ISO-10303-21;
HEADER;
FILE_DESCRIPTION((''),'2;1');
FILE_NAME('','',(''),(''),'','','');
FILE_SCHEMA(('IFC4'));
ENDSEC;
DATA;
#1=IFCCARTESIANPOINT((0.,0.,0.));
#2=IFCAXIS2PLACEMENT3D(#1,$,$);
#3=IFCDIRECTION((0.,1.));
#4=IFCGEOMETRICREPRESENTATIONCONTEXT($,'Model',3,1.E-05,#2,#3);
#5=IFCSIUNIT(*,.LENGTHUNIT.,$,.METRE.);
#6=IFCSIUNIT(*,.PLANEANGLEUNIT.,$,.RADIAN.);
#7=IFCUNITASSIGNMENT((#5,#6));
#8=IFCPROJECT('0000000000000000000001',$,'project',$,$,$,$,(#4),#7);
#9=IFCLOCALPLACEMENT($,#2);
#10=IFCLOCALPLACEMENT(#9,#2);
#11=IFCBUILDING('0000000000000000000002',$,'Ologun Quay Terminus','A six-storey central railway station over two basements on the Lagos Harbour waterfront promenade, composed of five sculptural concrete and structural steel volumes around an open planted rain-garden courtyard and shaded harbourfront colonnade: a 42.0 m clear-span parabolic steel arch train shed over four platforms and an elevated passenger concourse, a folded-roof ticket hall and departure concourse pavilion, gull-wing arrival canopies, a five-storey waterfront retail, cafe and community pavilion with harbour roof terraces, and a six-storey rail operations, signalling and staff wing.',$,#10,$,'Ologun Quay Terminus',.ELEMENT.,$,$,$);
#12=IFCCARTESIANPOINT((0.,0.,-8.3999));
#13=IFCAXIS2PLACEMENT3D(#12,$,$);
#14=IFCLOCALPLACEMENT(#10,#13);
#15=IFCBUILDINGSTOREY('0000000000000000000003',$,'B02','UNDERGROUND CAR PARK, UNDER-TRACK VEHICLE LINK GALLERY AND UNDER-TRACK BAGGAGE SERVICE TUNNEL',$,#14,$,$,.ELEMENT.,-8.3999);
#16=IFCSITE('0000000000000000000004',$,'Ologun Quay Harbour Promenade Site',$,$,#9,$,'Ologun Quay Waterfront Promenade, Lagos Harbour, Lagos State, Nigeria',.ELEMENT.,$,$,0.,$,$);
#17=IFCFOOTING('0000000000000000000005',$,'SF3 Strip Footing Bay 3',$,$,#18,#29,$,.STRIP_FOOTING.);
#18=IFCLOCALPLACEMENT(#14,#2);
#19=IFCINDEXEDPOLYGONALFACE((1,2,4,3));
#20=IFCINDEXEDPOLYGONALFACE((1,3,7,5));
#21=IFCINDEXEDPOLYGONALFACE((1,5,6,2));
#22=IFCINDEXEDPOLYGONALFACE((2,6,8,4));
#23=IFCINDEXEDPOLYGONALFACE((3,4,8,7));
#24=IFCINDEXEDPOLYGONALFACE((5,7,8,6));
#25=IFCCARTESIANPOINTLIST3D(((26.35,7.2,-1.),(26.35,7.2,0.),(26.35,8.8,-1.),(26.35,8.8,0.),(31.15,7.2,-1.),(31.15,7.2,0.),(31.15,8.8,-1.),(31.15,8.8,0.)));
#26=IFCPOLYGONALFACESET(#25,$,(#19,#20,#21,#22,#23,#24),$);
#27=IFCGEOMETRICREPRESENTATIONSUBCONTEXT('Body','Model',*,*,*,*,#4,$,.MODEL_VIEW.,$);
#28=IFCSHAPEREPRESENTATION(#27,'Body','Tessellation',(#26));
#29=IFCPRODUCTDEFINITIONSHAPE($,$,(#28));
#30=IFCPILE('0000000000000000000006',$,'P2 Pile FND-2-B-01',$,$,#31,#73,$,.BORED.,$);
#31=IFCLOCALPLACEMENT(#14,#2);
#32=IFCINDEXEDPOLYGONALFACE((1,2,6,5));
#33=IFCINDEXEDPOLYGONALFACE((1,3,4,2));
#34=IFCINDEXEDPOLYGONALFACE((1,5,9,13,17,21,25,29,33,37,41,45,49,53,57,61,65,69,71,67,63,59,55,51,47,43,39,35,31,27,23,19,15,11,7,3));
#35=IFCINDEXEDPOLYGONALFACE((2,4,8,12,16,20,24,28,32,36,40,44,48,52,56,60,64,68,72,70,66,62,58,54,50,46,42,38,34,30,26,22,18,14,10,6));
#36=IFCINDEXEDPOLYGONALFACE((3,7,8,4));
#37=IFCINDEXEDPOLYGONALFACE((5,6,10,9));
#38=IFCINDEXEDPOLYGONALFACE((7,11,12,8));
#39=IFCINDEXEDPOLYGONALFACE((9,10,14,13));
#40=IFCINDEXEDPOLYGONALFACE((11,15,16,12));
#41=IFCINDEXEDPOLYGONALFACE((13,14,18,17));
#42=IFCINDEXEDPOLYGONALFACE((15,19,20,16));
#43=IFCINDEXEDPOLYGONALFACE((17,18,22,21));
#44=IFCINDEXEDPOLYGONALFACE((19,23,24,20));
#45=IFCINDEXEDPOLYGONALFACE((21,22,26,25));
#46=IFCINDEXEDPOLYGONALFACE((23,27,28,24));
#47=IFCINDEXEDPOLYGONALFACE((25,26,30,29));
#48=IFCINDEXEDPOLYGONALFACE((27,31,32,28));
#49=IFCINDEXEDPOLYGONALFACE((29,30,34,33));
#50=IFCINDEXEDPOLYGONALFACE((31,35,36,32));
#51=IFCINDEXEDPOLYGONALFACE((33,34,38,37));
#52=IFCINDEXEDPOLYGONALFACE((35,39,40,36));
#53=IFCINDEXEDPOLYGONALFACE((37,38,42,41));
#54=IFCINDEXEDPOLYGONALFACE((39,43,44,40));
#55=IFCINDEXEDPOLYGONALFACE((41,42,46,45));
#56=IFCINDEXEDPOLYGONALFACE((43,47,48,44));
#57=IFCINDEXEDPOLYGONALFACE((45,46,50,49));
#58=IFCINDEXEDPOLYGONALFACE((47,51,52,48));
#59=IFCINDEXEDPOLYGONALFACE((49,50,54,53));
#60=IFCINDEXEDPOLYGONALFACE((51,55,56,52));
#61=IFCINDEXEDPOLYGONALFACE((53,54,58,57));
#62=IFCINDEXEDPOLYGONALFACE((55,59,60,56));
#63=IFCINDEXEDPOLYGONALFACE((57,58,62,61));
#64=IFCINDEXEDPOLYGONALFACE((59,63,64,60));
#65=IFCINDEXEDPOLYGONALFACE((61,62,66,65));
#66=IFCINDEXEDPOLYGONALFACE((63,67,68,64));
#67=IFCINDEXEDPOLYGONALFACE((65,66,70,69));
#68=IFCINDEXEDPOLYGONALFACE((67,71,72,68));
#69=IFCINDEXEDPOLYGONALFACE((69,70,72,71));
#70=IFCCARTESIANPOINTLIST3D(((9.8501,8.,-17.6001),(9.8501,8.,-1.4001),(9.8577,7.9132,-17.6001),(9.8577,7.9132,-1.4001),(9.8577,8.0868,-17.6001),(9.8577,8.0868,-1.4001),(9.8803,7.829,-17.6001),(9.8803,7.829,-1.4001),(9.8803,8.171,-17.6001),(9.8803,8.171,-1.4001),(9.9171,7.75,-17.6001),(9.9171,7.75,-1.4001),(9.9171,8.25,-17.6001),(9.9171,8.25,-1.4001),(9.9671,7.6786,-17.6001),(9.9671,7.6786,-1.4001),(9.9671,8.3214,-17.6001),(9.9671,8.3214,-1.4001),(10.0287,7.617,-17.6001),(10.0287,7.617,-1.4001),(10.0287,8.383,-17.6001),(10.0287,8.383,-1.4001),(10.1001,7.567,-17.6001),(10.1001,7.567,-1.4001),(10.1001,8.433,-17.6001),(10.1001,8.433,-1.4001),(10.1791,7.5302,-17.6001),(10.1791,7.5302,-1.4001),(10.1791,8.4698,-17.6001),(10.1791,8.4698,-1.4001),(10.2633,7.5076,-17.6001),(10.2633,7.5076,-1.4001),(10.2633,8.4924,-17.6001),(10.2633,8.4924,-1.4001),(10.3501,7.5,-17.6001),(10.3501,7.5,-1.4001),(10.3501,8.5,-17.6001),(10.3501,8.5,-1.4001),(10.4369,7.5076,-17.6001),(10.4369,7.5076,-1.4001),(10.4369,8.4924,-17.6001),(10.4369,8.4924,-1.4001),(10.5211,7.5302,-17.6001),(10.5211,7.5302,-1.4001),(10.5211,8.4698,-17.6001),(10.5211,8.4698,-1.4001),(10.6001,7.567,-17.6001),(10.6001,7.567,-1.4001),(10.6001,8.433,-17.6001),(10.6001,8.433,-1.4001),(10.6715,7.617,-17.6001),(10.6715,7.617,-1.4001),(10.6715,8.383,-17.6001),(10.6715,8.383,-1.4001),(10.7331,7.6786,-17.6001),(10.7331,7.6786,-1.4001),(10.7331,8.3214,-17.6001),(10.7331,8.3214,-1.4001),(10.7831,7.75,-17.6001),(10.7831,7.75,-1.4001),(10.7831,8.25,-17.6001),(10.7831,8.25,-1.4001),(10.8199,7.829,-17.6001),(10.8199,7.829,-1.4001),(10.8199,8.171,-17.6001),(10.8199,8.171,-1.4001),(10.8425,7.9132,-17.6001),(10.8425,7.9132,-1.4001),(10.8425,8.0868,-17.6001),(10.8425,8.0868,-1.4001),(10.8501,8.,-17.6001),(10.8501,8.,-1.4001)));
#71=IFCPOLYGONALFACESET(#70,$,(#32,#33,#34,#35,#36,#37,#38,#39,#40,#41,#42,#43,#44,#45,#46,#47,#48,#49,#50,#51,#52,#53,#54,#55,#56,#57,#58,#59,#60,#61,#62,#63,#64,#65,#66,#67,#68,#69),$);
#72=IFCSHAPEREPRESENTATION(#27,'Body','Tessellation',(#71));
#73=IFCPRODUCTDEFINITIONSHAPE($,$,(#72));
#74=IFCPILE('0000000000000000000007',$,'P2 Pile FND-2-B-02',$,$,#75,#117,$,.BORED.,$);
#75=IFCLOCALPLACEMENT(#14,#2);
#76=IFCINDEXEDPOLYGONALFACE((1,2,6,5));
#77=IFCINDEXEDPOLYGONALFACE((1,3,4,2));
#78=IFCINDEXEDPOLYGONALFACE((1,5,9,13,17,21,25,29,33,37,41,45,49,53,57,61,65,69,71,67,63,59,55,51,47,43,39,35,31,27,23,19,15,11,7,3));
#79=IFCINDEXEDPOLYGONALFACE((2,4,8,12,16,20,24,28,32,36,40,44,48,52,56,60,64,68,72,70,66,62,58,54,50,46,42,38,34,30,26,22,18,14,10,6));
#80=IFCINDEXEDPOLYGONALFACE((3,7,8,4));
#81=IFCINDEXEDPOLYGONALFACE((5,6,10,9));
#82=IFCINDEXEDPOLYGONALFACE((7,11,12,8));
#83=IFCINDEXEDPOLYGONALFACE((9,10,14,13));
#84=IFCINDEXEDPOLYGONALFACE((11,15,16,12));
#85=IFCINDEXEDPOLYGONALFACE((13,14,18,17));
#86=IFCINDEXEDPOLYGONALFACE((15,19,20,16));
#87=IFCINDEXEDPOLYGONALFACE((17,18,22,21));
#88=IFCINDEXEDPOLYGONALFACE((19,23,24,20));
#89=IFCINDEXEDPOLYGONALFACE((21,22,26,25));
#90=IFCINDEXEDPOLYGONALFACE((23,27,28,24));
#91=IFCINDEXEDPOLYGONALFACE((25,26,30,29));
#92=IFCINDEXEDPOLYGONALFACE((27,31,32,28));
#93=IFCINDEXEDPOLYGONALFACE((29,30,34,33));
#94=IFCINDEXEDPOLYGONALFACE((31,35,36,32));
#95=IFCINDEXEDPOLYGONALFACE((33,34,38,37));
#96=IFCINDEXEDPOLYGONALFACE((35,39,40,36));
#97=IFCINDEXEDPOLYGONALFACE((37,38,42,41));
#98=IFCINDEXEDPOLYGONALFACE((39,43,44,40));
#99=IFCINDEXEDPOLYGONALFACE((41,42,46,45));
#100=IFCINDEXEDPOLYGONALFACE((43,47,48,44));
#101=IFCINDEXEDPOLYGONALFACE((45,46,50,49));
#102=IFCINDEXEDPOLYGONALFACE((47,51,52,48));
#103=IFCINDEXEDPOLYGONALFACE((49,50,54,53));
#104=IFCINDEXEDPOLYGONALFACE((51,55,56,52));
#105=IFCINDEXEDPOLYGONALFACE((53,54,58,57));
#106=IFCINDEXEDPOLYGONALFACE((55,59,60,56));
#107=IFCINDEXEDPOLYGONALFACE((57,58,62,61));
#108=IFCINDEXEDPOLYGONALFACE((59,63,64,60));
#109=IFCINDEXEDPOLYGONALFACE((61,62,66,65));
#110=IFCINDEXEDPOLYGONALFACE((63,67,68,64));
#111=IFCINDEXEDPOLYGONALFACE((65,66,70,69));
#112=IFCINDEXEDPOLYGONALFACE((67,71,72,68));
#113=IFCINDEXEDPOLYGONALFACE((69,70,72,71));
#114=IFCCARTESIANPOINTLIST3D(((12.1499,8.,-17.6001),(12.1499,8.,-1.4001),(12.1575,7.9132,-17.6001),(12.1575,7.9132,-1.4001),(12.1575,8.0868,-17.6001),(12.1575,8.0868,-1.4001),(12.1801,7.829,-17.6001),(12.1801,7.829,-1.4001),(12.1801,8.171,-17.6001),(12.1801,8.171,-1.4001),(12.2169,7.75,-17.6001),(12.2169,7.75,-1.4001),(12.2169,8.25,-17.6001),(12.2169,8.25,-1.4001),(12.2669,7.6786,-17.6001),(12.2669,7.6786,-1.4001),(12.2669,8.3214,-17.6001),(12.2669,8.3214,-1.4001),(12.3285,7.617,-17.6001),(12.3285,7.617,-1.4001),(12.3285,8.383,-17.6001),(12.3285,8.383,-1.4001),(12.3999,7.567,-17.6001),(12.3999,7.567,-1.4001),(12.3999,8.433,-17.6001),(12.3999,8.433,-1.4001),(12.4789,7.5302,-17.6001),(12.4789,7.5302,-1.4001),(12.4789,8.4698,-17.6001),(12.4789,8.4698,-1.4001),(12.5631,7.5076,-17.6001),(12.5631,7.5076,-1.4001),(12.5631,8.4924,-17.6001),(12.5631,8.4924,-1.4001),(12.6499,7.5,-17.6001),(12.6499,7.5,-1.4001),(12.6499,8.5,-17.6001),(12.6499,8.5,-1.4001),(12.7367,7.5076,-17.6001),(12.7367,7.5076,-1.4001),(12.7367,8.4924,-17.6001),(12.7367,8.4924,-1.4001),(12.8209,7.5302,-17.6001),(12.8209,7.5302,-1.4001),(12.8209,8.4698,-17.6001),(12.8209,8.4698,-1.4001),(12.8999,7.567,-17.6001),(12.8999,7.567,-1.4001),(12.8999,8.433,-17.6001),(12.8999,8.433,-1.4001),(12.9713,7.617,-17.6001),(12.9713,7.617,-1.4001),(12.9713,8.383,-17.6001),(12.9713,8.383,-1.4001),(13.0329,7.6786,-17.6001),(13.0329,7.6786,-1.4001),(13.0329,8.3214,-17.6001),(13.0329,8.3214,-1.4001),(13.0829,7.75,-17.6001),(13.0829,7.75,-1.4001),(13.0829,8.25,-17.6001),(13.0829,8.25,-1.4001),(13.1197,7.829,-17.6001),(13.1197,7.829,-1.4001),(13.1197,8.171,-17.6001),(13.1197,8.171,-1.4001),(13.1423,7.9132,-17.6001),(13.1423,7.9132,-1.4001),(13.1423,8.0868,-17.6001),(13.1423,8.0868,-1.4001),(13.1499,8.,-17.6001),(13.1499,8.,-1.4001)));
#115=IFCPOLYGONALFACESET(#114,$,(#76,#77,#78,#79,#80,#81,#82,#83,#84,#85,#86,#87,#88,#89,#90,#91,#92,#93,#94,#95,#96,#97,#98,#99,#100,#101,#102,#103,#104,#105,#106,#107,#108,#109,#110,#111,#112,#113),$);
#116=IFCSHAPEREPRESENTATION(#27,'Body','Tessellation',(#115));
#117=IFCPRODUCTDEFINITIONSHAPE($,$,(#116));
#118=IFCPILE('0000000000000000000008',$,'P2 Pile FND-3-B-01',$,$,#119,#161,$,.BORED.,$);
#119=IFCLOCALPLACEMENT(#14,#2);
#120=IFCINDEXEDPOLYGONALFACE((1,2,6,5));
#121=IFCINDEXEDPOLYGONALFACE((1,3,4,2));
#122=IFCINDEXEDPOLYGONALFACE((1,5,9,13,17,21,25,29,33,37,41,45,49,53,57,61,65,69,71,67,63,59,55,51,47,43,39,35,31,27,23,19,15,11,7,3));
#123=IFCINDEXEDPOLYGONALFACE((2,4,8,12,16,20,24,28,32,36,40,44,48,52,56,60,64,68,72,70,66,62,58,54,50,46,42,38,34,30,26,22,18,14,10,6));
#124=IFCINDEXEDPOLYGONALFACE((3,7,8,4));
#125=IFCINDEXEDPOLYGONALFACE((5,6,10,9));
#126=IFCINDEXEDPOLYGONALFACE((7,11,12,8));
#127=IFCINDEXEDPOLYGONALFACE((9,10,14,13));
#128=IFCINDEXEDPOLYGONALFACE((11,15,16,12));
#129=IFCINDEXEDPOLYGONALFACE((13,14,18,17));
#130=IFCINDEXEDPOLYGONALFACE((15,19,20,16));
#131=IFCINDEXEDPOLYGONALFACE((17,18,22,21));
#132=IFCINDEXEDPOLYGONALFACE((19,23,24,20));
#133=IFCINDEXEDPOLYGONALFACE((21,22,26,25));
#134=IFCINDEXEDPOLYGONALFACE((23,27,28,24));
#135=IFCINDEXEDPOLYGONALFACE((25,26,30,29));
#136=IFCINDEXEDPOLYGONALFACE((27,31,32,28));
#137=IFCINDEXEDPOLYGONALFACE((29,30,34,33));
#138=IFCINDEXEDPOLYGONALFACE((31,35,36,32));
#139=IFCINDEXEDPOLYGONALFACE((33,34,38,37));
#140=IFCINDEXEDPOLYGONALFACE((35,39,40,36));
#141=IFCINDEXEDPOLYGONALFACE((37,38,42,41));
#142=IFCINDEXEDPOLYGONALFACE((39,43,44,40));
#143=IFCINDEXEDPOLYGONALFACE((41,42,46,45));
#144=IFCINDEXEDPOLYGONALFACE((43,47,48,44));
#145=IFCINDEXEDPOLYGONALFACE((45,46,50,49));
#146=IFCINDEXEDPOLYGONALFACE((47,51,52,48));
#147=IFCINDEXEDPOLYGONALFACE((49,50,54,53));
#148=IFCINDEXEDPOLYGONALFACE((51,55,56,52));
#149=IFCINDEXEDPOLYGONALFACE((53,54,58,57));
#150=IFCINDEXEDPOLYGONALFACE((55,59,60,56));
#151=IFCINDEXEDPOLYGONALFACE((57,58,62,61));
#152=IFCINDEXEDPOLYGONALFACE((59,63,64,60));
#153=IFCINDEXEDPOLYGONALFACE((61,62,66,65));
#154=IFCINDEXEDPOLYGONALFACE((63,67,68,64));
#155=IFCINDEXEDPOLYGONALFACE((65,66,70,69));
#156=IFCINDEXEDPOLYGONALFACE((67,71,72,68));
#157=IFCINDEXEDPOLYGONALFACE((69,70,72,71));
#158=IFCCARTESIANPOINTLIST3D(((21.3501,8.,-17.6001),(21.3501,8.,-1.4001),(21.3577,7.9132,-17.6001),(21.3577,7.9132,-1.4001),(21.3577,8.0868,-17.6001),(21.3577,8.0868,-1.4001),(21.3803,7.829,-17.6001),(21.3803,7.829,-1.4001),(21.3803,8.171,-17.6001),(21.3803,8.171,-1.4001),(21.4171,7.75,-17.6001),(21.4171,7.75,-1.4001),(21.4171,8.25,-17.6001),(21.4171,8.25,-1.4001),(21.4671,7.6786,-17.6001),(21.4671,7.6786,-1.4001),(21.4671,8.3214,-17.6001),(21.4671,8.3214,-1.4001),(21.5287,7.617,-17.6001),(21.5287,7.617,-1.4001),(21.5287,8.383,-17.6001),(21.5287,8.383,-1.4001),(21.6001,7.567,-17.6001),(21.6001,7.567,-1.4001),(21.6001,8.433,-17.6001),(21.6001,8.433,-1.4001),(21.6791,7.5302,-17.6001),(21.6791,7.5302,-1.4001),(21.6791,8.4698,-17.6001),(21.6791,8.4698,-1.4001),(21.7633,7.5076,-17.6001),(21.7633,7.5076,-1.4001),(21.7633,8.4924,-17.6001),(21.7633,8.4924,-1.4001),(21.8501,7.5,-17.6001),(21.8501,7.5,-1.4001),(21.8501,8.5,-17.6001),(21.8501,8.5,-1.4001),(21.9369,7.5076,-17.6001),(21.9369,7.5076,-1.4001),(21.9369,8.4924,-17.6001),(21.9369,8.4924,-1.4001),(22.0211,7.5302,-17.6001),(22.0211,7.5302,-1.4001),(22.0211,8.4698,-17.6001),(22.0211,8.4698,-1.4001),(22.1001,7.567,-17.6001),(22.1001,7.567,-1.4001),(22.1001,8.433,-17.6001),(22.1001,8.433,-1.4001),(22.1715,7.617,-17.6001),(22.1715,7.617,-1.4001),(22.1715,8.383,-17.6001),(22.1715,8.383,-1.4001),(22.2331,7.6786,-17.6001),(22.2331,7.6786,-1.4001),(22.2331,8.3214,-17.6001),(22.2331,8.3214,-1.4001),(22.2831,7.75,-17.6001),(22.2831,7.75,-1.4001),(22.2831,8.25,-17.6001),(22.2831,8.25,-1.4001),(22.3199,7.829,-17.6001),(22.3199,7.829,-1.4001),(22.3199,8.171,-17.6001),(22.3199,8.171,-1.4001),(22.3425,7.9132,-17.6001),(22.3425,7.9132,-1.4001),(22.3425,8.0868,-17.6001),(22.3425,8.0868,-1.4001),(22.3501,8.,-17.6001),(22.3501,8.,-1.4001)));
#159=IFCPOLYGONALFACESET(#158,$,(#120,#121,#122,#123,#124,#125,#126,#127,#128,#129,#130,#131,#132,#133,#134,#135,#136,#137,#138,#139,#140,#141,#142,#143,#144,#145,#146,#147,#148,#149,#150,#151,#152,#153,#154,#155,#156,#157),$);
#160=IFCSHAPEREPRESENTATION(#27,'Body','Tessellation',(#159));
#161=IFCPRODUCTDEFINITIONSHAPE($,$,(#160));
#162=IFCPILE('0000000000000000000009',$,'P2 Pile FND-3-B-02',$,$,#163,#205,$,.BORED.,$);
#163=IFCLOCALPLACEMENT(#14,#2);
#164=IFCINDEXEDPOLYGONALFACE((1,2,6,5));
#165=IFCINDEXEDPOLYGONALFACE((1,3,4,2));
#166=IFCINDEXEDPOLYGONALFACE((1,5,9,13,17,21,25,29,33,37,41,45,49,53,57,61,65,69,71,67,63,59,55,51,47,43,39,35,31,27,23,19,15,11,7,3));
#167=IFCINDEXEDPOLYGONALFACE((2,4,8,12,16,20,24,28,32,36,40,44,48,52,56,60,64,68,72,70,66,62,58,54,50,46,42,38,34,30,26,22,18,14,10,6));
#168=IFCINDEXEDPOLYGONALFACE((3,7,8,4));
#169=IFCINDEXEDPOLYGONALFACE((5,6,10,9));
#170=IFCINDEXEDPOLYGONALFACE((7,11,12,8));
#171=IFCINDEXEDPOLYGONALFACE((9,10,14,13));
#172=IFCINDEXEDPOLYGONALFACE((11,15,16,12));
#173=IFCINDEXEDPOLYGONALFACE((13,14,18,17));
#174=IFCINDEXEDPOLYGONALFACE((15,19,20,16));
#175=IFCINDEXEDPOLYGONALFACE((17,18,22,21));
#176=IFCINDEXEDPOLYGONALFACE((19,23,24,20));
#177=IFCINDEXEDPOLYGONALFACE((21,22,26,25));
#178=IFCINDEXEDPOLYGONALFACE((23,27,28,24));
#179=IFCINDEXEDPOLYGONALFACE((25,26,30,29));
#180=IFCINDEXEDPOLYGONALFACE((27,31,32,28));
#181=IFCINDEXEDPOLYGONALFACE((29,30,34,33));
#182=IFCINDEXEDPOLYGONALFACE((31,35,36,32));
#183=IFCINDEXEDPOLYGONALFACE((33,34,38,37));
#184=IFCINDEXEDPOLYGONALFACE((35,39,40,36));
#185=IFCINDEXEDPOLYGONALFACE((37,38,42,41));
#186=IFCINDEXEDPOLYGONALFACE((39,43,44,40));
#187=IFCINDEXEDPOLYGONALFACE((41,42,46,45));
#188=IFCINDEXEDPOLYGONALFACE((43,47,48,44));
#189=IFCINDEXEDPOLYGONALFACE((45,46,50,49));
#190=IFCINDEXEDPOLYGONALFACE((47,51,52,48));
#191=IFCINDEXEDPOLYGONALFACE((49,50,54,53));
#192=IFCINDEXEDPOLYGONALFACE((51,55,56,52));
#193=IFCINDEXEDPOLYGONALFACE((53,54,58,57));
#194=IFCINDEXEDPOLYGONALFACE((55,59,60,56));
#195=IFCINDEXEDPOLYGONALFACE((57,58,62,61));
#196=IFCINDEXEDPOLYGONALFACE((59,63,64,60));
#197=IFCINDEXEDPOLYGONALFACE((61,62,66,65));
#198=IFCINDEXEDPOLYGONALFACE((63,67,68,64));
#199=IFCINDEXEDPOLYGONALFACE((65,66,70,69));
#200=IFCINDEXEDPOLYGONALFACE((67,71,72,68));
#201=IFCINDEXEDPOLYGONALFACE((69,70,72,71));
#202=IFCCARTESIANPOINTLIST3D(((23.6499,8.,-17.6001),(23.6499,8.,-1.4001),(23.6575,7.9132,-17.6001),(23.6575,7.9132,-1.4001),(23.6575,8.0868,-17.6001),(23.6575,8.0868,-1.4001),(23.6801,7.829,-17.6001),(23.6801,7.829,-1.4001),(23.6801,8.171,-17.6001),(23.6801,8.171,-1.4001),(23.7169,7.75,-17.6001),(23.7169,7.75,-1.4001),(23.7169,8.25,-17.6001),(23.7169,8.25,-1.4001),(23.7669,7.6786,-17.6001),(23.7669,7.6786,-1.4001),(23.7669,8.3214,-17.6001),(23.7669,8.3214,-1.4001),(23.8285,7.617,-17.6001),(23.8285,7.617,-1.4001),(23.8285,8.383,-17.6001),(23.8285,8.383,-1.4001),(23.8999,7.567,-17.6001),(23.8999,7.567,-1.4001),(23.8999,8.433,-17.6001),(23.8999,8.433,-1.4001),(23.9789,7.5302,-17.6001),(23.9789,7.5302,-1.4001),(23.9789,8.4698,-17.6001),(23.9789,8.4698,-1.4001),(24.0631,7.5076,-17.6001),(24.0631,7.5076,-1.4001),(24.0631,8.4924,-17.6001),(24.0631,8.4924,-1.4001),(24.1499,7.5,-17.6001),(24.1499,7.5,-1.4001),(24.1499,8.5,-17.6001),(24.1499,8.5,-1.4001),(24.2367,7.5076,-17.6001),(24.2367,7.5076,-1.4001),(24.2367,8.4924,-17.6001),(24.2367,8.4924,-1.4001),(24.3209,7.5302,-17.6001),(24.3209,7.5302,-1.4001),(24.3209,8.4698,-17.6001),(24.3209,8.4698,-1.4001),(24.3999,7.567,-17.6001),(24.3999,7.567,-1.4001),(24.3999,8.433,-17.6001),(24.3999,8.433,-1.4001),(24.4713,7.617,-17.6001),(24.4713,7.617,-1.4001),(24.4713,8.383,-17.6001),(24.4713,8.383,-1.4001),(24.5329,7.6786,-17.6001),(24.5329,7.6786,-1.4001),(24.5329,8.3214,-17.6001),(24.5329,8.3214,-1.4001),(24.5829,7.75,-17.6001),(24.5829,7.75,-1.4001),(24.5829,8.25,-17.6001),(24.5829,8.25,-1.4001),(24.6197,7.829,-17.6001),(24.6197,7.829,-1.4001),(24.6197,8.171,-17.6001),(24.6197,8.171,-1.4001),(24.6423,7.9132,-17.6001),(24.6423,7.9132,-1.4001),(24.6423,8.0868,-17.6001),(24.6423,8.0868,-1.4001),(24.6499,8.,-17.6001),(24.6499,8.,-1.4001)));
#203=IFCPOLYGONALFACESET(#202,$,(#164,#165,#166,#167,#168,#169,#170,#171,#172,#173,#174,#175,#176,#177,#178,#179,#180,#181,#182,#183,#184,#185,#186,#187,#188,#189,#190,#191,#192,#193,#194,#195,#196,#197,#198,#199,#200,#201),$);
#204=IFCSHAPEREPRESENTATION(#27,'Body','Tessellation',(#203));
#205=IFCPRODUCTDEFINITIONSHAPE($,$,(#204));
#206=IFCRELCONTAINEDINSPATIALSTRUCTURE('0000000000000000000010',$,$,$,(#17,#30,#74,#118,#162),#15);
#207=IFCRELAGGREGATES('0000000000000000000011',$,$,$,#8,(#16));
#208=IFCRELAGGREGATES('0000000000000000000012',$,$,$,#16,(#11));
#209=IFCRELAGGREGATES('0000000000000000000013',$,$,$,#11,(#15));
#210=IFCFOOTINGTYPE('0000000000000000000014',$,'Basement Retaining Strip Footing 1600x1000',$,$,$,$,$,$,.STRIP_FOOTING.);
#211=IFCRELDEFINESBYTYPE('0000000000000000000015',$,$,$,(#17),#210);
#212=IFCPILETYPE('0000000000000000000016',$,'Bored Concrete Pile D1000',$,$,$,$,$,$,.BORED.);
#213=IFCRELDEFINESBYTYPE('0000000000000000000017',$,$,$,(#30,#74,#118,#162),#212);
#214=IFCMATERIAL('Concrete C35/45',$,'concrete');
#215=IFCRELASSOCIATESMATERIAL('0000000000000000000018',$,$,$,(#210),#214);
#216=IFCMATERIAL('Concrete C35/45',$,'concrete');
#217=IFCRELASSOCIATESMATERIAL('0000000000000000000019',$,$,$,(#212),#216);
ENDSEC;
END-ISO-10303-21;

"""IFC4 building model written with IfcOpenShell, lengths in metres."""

from ifc_helpers import new_model, si_unit, direction, frame, origin, origin_2d, place, context, subcontext, project, spatial, rectangle, circle, extrude, material, material_profile, profile_set, type_object, element, save


model = new_model("IFC4")

# Units and contexts
model_context = context("Model", 3, precision=1e-05, world=origin(), true_north=direction((0.0, 1.0)))
body_context = subcontext(model_context, "Body", "Model", "MODEL_VIEW")
ifc_project = project(units=[si_unit("LENGTHUNIT", "METRE"), si_unit("PLANEANGLEUNIT", "RADIAN")], contexts=[model_context])

# Site, building, storey
site_placement = place(None, origin())
site = spatial("IfcSite", under=ifc_project, at=site_placement, Name="Ologun Quay Harbour Promenade Site", LongName="Ologun Quay Waterfront Promenade, Lagos Harbour, Lagos State, Nigeria", CompositionType="ELEMENT", RefElevation=0.0)
building_placement = place(site_placement, origin())
building = spatial("IfcBuilding", under=site, at=building_placement, Name="Ologun Quay Terminus", Description="A six-storey central railway station over two basements on the Lagos Harbour waterfront promenade, composed of five sculptural concrete and structural steel volumes around an open planted rain-garden courtyard and shaded harbourfront colonnade: a 42.0 m clear-span parabolic steel arch train shed over four platforms and an elevated passenger concourse, a folded-roof ticket hall and departure concourse pavilion, gull-wing arrival canopies, a five-storey waterfront retail, cafe and community pavilion with harbour roof terraces, and a six-storey rail operations, signalling and staff wing.", LongName="Ologun Quay Terminus", CompositionType="ELEMENT")
storey_placement = place(building_placement, frame((0.0, 0.0, -8.3999)))
storey = spatial("IfcBuildingStorey", under=building, at=storey_placement, Name="B02", Description="UNDERGROUND CAR PARK, UNDER-TRACK VEHICLE LINK GALLERY AND UNDER-TRACK BAGGAGE SERVICE TUNNEL", CompositionType="ELEMENT", Elevation=-8.3999)

# Footing
ifc_material_1 = material(Name="Concrete C35/45", Category="concrete")
footing_type_1 = type_object("IfcFootingType", Name="Basement Retaining Strip Footing 1600x1000", PredefinedType="STRIP_FOOTING", material=ifc_material_1)
footing_1_placement = place(storey_placement, frame((28.75, 8.0, -1.0), z_axis=(0.0, 0.0, 1.0), x_axis=(1.0, 0.0, 0.0)))
element("IfcFooting", 1, at=footing_1_placement, inside=storey, type_object=footing_type_1, Name="SF3 Strip Footing Bay 3", PredefinedType="STRIP_FOOTING", context=body_context, shape_type="SweptSolid", body=[
    extrude(rectangle(XDim=4.8, YDim=1.6001, at=origin_2d()), origin(), (0.0, 0.0, 1.0), 1.0),
])

# Piles
ifc_material_2 = material(Name="Concrete C35/45", Category="concrete")
ifc_material_profile_1 = material_profile(ifc_material_2, circle(Radius=0.5, at=origin_2d()), Name="PILE D1000")
ifc_profile_set_1 = profile_set([ifc_material_profile_1], Name="Concrete C35/45")
pile_type_1 = type_object("IfcPileType", Name="Bored Concrete Pile D1000", PredefinedType="BORED", material=ifc_profile_set_1)
for number, where, z_axis, x_axis, name in (
    (2, (10.3501, 8.0, -1.4001), (0.0, 0.0, -1.0), (1.0, 0.0, 0.0), "P2 Pile FND-2-B-01"),
    (3, (12.6499, 8.0, -1.4001), (0.0, 0.0, -1.0), (1.0, 0.0, 0.0), "P2 Pile FND-2-B-02"),
    (4, (21.8501, 8.0, -1.4001), (0.0, 0.0, -1.0), (1.0, 0.0, 0.0), "P2 Pile FND-3-B-01"),
    (5, (24.1499, 8.0, -1.4001), (0.0, 0.0, -1.0), (1.0, 0.0, 0.0), "P2 Pile FND-3-B-02"),
):
    element("IfcPile", number, at=place(storey_placement, frame(where, z_axis=z_axis, x_axis=x_axis)), inside=storey, type_object=pile_type_1, Name=name, PredefinedType="BORED", context=body_context, shape_type="SweptSolid", body=[
        extrude(circle(Radius=0.5, at=origin_2d()), origin(), (0.0, 0.0, 1.0), 16.2),
    ])

save(model, "model.ifc")
